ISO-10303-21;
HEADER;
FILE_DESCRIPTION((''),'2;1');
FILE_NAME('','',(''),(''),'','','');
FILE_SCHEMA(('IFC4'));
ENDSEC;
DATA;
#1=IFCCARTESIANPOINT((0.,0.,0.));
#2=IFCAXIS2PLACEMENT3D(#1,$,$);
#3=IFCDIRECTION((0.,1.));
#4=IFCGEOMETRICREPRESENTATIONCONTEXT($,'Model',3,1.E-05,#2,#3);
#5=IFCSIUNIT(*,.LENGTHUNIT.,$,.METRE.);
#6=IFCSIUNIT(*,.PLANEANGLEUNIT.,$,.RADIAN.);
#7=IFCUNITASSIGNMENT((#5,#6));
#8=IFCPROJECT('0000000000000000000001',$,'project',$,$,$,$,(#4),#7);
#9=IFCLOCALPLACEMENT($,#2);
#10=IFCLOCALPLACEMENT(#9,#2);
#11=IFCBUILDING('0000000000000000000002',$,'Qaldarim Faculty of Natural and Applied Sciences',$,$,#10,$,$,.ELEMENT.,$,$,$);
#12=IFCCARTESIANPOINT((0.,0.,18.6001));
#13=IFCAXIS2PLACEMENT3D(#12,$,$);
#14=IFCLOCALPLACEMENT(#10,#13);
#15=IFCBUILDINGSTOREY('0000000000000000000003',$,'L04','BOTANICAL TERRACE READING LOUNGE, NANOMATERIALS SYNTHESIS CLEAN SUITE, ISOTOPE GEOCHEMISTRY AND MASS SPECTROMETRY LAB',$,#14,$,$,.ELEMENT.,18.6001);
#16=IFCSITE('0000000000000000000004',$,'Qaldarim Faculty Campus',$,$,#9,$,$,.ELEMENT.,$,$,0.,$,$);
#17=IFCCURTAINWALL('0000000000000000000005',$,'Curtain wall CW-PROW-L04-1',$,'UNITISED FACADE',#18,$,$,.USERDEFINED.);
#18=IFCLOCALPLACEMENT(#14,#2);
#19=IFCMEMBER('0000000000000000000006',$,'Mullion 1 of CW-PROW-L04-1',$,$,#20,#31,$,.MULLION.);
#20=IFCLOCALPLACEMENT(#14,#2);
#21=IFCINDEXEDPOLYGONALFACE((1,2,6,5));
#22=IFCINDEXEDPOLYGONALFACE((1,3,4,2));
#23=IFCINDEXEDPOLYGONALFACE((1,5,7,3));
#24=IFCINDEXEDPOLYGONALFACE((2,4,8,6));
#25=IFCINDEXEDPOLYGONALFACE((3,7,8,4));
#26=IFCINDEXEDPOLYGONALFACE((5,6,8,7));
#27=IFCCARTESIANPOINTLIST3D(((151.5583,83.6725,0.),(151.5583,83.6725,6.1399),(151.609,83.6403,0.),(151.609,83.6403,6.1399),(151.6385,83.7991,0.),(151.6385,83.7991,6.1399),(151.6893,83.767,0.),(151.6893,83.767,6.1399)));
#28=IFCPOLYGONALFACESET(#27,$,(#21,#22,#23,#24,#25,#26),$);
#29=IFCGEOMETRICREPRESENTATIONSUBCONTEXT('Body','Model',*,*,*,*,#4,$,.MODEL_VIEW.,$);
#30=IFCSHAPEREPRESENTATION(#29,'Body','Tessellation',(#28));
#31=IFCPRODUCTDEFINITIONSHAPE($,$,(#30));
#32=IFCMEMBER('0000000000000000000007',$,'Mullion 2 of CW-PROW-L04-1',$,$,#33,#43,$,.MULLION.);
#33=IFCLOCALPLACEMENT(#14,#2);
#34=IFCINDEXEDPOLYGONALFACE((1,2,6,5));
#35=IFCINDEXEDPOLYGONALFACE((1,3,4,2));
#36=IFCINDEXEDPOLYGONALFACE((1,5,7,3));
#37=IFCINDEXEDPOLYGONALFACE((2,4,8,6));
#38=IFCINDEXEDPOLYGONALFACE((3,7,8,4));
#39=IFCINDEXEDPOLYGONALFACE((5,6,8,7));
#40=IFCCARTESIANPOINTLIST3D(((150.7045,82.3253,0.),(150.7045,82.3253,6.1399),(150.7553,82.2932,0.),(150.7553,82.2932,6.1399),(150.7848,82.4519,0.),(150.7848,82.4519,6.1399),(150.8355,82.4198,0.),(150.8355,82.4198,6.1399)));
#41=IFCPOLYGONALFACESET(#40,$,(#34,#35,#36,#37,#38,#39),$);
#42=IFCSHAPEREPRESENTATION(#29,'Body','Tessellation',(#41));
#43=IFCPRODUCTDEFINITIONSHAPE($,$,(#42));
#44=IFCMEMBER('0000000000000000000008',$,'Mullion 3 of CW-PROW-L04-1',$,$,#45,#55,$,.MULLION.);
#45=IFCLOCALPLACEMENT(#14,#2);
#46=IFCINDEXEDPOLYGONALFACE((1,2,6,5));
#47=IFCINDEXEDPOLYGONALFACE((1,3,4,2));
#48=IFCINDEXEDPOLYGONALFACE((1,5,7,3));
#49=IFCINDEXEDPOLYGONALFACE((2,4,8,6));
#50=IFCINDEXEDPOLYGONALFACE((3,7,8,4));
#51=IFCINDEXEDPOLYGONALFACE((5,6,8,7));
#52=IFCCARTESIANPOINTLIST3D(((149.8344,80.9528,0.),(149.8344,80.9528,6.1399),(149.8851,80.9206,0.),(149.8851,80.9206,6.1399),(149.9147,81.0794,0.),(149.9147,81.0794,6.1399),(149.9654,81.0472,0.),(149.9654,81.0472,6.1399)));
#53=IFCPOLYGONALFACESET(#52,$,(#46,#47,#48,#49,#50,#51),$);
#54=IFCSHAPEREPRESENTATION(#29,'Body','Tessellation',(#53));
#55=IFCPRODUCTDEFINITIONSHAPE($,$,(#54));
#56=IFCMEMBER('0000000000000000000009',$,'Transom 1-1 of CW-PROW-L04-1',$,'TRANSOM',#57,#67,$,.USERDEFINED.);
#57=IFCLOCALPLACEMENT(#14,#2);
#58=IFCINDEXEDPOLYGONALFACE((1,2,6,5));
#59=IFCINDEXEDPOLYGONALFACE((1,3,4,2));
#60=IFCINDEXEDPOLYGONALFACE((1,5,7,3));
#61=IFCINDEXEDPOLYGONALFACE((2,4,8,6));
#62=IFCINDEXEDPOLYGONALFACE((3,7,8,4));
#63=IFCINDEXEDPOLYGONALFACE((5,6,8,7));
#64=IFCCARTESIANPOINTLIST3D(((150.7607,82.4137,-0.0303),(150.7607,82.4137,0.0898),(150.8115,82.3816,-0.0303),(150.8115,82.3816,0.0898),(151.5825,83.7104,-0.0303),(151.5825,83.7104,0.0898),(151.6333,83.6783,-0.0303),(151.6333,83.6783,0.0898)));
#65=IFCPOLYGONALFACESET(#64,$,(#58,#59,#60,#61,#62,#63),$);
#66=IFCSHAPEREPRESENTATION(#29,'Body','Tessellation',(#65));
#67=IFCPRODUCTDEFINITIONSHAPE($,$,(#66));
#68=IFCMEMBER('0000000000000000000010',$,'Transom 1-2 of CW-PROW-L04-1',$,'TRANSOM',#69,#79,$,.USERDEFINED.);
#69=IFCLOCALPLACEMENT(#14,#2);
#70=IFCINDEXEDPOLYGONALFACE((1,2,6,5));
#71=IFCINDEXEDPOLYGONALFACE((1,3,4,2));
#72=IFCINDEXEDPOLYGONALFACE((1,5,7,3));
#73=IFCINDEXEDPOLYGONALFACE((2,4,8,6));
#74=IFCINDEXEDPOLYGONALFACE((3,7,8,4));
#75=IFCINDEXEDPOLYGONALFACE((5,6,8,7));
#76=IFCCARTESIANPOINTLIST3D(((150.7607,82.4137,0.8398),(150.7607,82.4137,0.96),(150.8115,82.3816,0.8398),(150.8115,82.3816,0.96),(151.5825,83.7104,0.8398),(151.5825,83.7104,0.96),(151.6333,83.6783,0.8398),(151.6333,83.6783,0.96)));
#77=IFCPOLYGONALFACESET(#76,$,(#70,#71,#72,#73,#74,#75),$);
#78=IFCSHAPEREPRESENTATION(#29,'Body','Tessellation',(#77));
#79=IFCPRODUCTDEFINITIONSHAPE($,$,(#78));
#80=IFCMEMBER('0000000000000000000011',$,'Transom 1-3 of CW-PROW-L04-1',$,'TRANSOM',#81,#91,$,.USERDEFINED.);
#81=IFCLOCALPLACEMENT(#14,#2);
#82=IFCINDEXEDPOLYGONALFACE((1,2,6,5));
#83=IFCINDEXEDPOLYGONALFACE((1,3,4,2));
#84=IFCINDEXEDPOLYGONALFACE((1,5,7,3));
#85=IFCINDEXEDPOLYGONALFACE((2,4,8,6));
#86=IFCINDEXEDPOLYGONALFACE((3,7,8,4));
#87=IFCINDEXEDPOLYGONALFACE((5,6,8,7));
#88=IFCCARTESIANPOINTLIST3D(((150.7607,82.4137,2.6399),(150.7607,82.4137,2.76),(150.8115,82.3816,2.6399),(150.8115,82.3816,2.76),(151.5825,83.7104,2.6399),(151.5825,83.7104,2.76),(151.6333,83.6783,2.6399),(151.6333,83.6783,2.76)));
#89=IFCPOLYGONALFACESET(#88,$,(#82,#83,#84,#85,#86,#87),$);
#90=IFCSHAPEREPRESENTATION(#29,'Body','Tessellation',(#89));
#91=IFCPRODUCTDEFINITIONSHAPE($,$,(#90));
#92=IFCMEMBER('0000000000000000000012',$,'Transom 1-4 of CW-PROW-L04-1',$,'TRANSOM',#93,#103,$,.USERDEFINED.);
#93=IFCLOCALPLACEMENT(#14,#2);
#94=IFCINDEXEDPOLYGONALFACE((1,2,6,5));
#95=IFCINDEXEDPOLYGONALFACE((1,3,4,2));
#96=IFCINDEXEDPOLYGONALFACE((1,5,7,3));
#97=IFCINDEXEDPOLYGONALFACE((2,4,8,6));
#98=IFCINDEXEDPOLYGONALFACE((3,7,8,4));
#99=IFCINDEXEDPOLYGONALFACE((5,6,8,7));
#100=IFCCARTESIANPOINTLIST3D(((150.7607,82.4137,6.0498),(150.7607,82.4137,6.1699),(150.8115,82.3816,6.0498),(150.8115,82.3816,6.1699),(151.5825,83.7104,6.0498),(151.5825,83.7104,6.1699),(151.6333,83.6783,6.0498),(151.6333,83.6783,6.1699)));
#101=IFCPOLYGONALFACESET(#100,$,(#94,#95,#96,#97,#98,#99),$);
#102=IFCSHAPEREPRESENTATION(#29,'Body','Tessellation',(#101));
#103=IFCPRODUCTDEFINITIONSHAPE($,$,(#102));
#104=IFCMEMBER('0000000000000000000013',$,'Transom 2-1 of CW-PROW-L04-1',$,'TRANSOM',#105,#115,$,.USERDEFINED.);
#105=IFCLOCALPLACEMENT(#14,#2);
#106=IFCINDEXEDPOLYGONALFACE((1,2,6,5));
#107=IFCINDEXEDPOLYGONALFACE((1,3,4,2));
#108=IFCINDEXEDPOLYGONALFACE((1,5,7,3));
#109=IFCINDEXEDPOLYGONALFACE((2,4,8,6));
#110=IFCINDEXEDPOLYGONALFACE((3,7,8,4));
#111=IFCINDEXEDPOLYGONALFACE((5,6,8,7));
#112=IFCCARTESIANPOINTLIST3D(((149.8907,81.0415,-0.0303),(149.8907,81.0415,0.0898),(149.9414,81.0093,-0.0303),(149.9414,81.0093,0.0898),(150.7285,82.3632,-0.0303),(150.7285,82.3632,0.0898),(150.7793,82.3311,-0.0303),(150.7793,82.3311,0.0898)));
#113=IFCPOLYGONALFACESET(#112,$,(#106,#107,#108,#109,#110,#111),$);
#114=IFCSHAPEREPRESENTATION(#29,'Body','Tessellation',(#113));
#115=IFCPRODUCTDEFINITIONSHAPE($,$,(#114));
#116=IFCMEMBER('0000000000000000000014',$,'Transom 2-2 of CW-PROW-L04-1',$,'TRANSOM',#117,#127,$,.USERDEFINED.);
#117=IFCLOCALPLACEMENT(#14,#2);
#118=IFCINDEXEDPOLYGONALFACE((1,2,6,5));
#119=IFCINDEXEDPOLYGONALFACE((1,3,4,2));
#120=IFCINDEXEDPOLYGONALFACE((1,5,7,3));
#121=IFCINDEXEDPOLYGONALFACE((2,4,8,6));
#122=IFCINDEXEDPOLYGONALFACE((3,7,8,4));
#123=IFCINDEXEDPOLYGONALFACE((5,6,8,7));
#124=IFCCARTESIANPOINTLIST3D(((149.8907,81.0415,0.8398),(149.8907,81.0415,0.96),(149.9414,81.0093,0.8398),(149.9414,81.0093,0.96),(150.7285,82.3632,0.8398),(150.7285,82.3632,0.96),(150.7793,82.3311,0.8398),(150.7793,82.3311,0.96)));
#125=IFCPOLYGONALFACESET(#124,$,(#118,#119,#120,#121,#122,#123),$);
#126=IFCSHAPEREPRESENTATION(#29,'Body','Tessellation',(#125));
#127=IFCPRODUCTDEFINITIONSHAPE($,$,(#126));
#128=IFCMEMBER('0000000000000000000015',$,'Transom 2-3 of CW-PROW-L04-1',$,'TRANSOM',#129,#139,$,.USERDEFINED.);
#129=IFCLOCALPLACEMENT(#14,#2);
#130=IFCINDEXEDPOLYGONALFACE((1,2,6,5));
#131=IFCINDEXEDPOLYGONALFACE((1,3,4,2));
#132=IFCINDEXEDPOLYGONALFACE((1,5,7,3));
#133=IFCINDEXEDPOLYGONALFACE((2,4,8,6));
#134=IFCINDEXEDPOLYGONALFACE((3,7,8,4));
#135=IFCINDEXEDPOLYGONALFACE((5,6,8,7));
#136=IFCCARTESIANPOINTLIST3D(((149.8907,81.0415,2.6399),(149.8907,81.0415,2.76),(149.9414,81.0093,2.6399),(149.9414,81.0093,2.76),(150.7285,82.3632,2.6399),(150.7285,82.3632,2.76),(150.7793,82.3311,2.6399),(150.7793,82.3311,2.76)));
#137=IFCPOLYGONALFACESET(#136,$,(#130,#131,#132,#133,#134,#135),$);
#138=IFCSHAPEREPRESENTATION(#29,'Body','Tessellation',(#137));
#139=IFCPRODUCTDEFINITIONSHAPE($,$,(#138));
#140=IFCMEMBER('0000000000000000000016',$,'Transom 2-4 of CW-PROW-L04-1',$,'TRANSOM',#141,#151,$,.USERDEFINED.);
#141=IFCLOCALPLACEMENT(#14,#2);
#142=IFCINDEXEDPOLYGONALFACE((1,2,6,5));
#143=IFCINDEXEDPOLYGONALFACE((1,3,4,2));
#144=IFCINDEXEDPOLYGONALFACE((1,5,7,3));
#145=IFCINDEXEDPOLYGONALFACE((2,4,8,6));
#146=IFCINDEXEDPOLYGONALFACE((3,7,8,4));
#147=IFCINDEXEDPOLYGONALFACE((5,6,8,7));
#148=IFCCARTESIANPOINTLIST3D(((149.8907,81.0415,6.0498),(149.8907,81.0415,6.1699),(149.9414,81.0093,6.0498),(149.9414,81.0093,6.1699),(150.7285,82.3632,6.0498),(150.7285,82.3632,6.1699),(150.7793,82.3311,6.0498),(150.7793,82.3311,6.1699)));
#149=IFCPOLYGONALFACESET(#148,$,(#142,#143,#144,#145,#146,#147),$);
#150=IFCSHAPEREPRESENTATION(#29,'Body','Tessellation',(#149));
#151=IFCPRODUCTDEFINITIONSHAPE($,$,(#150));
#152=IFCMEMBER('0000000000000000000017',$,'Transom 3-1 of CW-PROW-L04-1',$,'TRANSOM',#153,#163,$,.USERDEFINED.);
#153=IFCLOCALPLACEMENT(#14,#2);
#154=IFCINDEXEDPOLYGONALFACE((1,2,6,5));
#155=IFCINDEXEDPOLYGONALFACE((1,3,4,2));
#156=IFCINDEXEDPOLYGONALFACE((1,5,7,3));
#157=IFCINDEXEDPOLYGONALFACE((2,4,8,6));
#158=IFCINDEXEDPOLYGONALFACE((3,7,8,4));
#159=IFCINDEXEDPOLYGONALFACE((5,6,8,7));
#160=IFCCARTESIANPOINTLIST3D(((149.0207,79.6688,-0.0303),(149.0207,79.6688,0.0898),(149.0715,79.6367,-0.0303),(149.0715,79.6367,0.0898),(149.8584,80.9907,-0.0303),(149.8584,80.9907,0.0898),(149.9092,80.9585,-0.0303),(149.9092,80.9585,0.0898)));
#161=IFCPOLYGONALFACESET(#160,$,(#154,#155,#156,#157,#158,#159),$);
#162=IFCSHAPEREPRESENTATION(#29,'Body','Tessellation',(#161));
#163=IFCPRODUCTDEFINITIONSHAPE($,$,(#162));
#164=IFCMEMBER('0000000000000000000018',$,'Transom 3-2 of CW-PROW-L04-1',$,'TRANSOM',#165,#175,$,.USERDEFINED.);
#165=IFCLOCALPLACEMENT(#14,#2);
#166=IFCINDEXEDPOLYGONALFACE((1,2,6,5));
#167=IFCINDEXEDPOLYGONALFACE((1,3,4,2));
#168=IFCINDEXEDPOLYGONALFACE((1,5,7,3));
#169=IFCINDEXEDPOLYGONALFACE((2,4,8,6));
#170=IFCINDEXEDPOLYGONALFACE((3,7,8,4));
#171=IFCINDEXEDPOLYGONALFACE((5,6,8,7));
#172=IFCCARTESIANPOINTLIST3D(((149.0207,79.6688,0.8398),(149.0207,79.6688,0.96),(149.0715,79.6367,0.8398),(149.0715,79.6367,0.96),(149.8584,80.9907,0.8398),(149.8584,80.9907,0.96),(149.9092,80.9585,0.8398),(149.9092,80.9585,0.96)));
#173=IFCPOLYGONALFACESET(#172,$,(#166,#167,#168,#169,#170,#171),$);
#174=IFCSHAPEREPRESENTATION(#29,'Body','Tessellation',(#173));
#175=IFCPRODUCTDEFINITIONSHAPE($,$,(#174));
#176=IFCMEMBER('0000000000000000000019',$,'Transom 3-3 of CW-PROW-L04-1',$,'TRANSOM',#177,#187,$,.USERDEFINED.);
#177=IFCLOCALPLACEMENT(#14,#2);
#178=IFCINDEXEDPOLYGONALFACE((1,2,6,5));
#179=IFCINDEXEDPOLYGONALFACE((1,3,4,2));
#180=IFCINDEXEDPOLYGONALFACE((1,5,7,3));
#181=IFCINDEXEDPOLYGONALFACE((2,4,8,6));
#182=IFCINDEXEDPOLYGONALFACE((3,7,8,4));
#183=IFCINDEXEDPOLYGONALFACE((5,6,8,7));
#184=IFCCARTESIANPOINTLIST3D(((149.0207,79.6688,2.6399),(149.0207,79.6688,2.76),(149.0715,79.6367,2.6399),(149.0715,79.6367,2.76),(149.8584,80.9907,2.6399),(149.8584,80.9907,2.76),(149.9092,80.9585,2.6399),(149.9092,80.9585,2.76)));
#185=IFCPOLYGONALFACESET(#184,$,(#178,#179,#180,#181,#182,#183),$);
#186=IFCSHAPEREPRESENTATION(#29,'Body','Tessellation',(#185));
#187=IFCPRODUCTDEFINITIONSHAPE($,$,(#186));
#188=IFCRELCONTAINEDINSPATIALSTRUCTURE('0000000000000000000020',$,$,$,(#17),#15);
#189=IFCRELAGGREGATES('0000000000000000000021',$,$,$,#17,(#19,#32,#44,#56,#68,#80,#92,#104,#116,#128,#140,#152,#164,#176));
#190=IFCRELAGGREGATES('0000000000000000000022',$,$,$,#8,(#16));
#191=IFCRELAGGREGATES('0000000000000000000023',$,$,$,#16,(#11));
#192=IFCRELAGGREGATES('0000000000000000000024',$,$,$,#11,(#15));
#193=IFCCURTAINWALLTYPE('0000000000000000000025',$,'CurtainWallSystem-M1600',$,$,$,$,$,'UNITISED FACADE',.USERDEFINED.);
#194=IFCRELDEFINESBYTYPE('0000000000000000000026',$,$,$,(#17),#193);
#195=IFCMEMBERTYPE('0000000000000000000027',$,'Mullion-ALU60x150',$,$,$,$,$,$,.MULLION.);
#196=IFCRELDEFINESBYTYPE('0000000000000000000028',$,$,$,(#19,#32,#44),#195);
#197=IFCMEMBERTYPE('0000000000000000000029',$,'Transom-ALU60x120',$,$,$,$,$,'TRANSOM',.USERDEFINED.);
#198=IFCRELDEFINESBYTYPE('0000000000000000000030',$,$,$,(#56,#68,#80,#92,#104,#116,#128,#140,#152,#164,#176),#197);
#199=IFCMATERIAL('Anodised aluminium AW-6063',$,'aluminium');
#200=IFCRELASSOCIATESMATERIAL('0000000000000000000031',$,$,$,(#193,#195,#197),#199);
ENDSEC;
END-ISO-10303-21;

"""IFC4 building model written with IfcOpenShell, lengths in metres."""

from ifc_helpers import new_model, si_unit, direction, frame, origin, origin_2d, place, context, subcontext, project, spatial, rectangle, extrude, material, material_profile, profile_set, type_object, element, aggregate, save


model = new_model("IFC4")

# Units and contexts
model_context = context("Model", 3, precision=1e-05, world=origin(), true_north=direction((0.0, 1.0)))
body_context = subcontext(model_context, "Body", "Model", "MODEL_VIEW")
ifc_project = project(units=[si_unit("LENGTHUNIT", "METRE"), si_unit("PLANEANGLEUNIT", "RADIAN")], contexts=[model_context])

# Site, building, storey
site_placement = place(None, origin())
site = spatial("IfcSite", under=ifc_project, at=site_placement, Name="Qaldarim Faculty Campus", CompositionType="ELEMENT", RefElevation=0.0)
building_placement = place(site_placement, origin())
building = spatial("IfcBuilding", under=site, at=building_placement, Name="Qaldarim Faculty of Natural and Applied Sciences", CompositionType="ELEMENT")
storey_placement = place(building_placement, frame((0.0, 0.0, 18.6001)))
storey = spatial("IfcBuildingStorey", under=building, at=storey_placement, Name="L04", Description="BOTANICAL TERRACE READING LOUNGE, NANOMATERIALS SYNTHESIS CLEAN SUITE, ISOTOPE GEOCHEMISTRY AND MASS SPECTROMETRY LAB", CompositionType="ELEMENT", Elevation=18.6001)

# Curtain wall, members
ifc_material_1 = material(Name="Anodised aluminium AW-6063", Category="aluminium")
curtain_wall_type = type_object("IfcCurtainWallType", Name="CurtainWallSystem-M1600", ElementType="UNITISED FACADE", PredefinedType="USERDEFINED", material=ifc_material_1)
curtain_wall_placement = place(storey_placement, origin())
curtain_wall = element("IfcCurtainWall", 1, at=curtain_wall_placement, inside=storey, type_object=curtain_wall_type, Name="Curtain wall CW-PROW-L04-1", ObjectType="UNITISED FACADE", PredefinedType="USERDEFINED")
ifc_material_profile_1 = material_profile(ifc_material_1, rectangle(XDim=0.0601, YDim=0.1499, at=origin_2d()), Name="ALU-M60x150")
ifc_profile_set_1 = profile_set([ifc_material_profile_1], Name="Anodised aluminium AW-6063")
member_type_1 = type_object("IfcMemberType", Name="Mullion-ALU60x150", PredefinedType="MULLION", material=ifc_profile_set_1)
member_1_placement = place(storey_placement, frame((151.6238, 83.7197, 0.0), z_axis=(0.0, 0.0, 1.0), x_axis=(0.844608, -0.535385, 0.0)))
member_1 = element("IfcMember", 2, at=member_1_placement, type_object=member_type_1, Name="Mullion 1 of CW-PROW-L04-1", PredefinedType="MULLION", context=body_context, shape_type="SweptSolid", body=[
    extrude(rectangle(XDim=0.0601, YDim=0.1499, at=origin_2d()), origin(), (0.0, 0.0, 1.0), 6.1399),
])
member_2_placement = place(storey_placement, frame((150.77, 82.3726, 0.0), z_axis=(0.0, 0.0, 1.0), x_axis=(0.844608, -0.535385, 0.0)))
member_2 = element("IfcMember", 3, at=member_2_placement, type_object=member_type_1, Name="Mullion 2 of CW-PROW-L04-1", PredefinedType="MULLION", context=body_context, shape_type="SweptSolid", body=[
    extrude(rectangle(XDim=0.0601, YDim=0.1499, at=origin_2d()), origin(), (0.0, 0.0, 1.0), 6.1399),
])
member_3_placement = place(storey_placement, frame((149.8999, 81.0, 0.0), z_axis=(0.0, 0.0, 1.0), x_axis=(0.844608, -0.535385, 0.0)))
member_3 = element("IfcMember", 4, at=member_3_placement, type_object=member_type_1, Name="Mullion 3 of CW-PROW-L04-1", PredefinedType="MULLION", context=body_context, shape_type="SweptSolid", body=[
    extrude(rectangle(XDim=0.0601, YDim=0.1499, at=origin_2d()), origin(), (0.0, 0.0, 1.0), 6.1399),
])
ifc_material_profile_2 = material_profile(ifc_material_1, rectangle(XDim=0.0601, YDim=0.1201, at=origin_2d()), Name="ALU-T60x120")
ifc_profile_set_2 = profile_set([ifc_material_profile_2], Name="Anodised aluminium AW-6063")
member_type_2 = type_object("IfcMemberType", Name="Transom-ALU60x120", ElementType="TRANSOM", PredefinedType="USERDEFINED", material=ifc_profile_set_2)
member_4_placement = place(storey_placement, frame((151.6079, 83.6943, 0.0298), z_axis=(-0.535321, -0.844649, 0.0), x_axis=(0.844649, -0.535321, 0.0)))
member_4 = element("IfcMember", 5, at=member_4_placement, type_object=member_type_2, Name="Transom 1-1 of CW-PROW-L04-1", ObjectType="TRANSOM", PredefinedType="USERDEFINED", context=body_context, shape_type="SweptSolid", body=[
    extrude(rectangle(XDim=0.0601, YDim=0.1201, at=origin_2d()), origin(), (0.0, 0.0, 1.0), 1.5352),
])
member_5_placement = place(storey_placement, frame((151.6079, 83.6943, 0.8999), z_axis=(-0.535321, -0.844649, 0.0), x_axis=(0.844649, -0.535321, 0.0)))
member_5 = element("IfcMember", 6, at=member_5_placement, type_object=member_type_2, Name="Transom 1-2 of CW-PROW-L04-1", ObjectType="TRANSOM", PredefinedType="USERDEFINED", context=body_context, shape_type="SweptSolid", body=[
    extrude(rectangle(XDim=0.0601, YDim=0.1201, at=origin_2d()), origin(), (0.0, 0.0, 1.0), 1.5352),
])
member_6_placement = place(storey_placement, frame((151.6079, 83.6943, 2.7), z_axis=(-0.535321, -0.844649, 0.0), x_axis=(0.844649, -0.535321, 0.0)))
member_6 = element("IfcMember", 7, at=member_6_placement, type_object=member_type_2, Name="Transom 1-3 of CW-PROW-L04-1", ObjectType="TRANSOM", PredefinedType="USERDEFINED", context=body_context, shape_type="SweptSolid", body=[
    extrude(rectangle(XDim=0.0601, YDim=0.1201, at=origin_2d()), origin(), (0.0, 0.0, 1.0), 1.5352),
])
member_7_placement = place(storey_placement, frame((151.6079, 83.6943, 6.1099), z_axis=(-0.535321, -0.844649, 0.0), x_axis=(0.844649, -0.535321, 0.0)))
member_7 = element("IfcMember", 8, at=member_7_placement, type_object=member_type_2, Name="Transom 1-4 of CW-PROW-L04-1", ObjectType="TRANSOM", PredefinedType="USERDEFINED", context=body_context, shape_type="SweptSolid", body=[
    extrude(rectangle(XDim=0.0601, YDim=0.1201, at=origin_2d()), origin(), (0.0, 0.0, 1.0), 1.5352),
])
member_8_placement = place(storey_placement, frame((150.7539, 82.3472, 0.0298), z_axis=(-0.535401, -0.844598, 0.0), x_axis=(0.844598, -0.535401, 0.0)))
member_8 = element("IfcMember", 9, at=member_8_placement, type_object=member_type_2, Name="Transom 2-1 of CW-PROW-L04-1", ObjectType="TRANSOM", PredefinedType="USERDEFINED", context=body_context, shape_type="SweptSolid", body=[
    extrude(rectangle(XDim=0.0601, YDim=0.1201, at=origin_2d()), origin(), (0.0, 0.0, 1.0), 1.5649),
])
member_9_placement = place(storey_placement, frame((150.7539, 82.3472, 0.8999), z_axis=(-0.535401, -0.844598, 0.0), x_axis=(0.844598, -0.535401, 0.0)))
member_9 = element("IfcMember", 10, at=member_9_placement, type_object=member_type_2, Name="Transom 2-2 of CW-PROW-L04-1", ObjectType="TRANSOM", PredefinedType="USERDEFINED", context=body_context, shape_type="SweptSolid", body=[
    extrude(rectangle(XDim=0.0601, YDim=0.1201, at=origin_2d()), origin(), (0.0, 0.0, 1.0), 1.5649),
])
member_10_placement = place(storey_placement, frame((150.7539, 82.3472, 2.7), z_axis=(-0.535401, -0.844598, 0.0), x_axis=(0.844598, -0.535401, 0.0)))
member_10 = element("IfcMember", 11, at=member_10_placement, type_object=member_type_2, Name="Transom 2-3 of CW-PROW-L04-1", ObjectType="TRANSOM", PredefinedType="USERDEFINED", context=body_context, shape_type="SweptSolid", body=[
    extrude(rectangle(XDim=0.0601, YDim=0.1201, at=origin_2d()), origin(), (0.0, 0.0, 1.0), 1.5649),
])
member_11_placement = place(storey_placement, frame((150.7539, 82.3472, 6.1099), z_axis=(-0.535401, -0.844598, 0.0), x_axis=(0.844598, -0.535401, 0.0)))
member_11 = element("IfcMember", 12, at=member_11_placement, type_object=member_type_2, Name="Transom 2-4 of CW-PROW-L04-1", ObjectType="TRANSOM", PredefinedType="USERDEFINED", context=body_context, shape_type="SweptSolid", body=[
    extrude(rectangle(XDim=0.0601, YDim=0.1201, at=origin_2d()), origin(), (0.0, 0.0, 1.0), 1.5649),
])
member_12_placement = place(storey_placement, frame((149.8838, 80.9746, 0.0298), z_axis=(-0.53529, -0.844669, 0.0), x_axis=(0.844669, -0.53529, 0.0)))
member_12 = element("IfcMember", 13, at=member_12_placement, type_object=member_type_2, Name="Transom 3-1 of CW-PROW-L04-1", ObjectType="TRANSOM", PredefinedType="USERDEFINED", context=body_context, shape_type="SweptSolid", body=[
    extrude(rectangle(XDim=0.0601, YDim=0.1201, at=origin_2d()), origin(), (0.0, 0.0, 1.0), 1.5649),
])
member_13_placement = place(storey_placement, frame((149.8838, 80.9746, 0.8999), z_axis=(-0.53529, -0.844669, 0.0), x_axis=(0.844669, -0.53529, 0.0)))
member_13 = element("IfcMember", 14, at=member_13_placement, type_object=member_type_2, Name="Transom 3-2 of CW-PROW-L04-1", ObjectType="TRANSOM", PredefinedType="USERDEFINED", context=body_context, shape_type="SweptSolid", body=[
    extrude(rectangle(XDim=0.0601, YDim=0.1201, at=origin_2d()), origin(), (0.0, 0.0, 1.0), 1.5649),
])
member_14_placement = place(storey_placement, frame((149.8838, 80.9746, 2.7), z_axis=(-0.53529, -0.844669, 0.0), x_axis=(0.844669, -0.53529, 0.0)))
member_14 = element("IfcMember", 15, at=member_14_placement, type_object=member_type_2, Name="Transom 3-3 of CW-PROW-L04-1", ObjectType="TRANSOM", PredefinedType="USERDEFINED", context=body_context, shape_type="SweptSolid", body=[
    extrude(rectangle(XDim=0.0601, YDim=0.1201, at=origin_2d()), origin(), (0.0, 0.0, 1.0), 1.5649),
])
aggregate(curtain_wall, [member_1, member_2, member_3, member_4, member_5, member_6, member_7, member_8, member_9, member_10, member_11, member_12, member_13, member_14])

save(model, "model.ifc")
